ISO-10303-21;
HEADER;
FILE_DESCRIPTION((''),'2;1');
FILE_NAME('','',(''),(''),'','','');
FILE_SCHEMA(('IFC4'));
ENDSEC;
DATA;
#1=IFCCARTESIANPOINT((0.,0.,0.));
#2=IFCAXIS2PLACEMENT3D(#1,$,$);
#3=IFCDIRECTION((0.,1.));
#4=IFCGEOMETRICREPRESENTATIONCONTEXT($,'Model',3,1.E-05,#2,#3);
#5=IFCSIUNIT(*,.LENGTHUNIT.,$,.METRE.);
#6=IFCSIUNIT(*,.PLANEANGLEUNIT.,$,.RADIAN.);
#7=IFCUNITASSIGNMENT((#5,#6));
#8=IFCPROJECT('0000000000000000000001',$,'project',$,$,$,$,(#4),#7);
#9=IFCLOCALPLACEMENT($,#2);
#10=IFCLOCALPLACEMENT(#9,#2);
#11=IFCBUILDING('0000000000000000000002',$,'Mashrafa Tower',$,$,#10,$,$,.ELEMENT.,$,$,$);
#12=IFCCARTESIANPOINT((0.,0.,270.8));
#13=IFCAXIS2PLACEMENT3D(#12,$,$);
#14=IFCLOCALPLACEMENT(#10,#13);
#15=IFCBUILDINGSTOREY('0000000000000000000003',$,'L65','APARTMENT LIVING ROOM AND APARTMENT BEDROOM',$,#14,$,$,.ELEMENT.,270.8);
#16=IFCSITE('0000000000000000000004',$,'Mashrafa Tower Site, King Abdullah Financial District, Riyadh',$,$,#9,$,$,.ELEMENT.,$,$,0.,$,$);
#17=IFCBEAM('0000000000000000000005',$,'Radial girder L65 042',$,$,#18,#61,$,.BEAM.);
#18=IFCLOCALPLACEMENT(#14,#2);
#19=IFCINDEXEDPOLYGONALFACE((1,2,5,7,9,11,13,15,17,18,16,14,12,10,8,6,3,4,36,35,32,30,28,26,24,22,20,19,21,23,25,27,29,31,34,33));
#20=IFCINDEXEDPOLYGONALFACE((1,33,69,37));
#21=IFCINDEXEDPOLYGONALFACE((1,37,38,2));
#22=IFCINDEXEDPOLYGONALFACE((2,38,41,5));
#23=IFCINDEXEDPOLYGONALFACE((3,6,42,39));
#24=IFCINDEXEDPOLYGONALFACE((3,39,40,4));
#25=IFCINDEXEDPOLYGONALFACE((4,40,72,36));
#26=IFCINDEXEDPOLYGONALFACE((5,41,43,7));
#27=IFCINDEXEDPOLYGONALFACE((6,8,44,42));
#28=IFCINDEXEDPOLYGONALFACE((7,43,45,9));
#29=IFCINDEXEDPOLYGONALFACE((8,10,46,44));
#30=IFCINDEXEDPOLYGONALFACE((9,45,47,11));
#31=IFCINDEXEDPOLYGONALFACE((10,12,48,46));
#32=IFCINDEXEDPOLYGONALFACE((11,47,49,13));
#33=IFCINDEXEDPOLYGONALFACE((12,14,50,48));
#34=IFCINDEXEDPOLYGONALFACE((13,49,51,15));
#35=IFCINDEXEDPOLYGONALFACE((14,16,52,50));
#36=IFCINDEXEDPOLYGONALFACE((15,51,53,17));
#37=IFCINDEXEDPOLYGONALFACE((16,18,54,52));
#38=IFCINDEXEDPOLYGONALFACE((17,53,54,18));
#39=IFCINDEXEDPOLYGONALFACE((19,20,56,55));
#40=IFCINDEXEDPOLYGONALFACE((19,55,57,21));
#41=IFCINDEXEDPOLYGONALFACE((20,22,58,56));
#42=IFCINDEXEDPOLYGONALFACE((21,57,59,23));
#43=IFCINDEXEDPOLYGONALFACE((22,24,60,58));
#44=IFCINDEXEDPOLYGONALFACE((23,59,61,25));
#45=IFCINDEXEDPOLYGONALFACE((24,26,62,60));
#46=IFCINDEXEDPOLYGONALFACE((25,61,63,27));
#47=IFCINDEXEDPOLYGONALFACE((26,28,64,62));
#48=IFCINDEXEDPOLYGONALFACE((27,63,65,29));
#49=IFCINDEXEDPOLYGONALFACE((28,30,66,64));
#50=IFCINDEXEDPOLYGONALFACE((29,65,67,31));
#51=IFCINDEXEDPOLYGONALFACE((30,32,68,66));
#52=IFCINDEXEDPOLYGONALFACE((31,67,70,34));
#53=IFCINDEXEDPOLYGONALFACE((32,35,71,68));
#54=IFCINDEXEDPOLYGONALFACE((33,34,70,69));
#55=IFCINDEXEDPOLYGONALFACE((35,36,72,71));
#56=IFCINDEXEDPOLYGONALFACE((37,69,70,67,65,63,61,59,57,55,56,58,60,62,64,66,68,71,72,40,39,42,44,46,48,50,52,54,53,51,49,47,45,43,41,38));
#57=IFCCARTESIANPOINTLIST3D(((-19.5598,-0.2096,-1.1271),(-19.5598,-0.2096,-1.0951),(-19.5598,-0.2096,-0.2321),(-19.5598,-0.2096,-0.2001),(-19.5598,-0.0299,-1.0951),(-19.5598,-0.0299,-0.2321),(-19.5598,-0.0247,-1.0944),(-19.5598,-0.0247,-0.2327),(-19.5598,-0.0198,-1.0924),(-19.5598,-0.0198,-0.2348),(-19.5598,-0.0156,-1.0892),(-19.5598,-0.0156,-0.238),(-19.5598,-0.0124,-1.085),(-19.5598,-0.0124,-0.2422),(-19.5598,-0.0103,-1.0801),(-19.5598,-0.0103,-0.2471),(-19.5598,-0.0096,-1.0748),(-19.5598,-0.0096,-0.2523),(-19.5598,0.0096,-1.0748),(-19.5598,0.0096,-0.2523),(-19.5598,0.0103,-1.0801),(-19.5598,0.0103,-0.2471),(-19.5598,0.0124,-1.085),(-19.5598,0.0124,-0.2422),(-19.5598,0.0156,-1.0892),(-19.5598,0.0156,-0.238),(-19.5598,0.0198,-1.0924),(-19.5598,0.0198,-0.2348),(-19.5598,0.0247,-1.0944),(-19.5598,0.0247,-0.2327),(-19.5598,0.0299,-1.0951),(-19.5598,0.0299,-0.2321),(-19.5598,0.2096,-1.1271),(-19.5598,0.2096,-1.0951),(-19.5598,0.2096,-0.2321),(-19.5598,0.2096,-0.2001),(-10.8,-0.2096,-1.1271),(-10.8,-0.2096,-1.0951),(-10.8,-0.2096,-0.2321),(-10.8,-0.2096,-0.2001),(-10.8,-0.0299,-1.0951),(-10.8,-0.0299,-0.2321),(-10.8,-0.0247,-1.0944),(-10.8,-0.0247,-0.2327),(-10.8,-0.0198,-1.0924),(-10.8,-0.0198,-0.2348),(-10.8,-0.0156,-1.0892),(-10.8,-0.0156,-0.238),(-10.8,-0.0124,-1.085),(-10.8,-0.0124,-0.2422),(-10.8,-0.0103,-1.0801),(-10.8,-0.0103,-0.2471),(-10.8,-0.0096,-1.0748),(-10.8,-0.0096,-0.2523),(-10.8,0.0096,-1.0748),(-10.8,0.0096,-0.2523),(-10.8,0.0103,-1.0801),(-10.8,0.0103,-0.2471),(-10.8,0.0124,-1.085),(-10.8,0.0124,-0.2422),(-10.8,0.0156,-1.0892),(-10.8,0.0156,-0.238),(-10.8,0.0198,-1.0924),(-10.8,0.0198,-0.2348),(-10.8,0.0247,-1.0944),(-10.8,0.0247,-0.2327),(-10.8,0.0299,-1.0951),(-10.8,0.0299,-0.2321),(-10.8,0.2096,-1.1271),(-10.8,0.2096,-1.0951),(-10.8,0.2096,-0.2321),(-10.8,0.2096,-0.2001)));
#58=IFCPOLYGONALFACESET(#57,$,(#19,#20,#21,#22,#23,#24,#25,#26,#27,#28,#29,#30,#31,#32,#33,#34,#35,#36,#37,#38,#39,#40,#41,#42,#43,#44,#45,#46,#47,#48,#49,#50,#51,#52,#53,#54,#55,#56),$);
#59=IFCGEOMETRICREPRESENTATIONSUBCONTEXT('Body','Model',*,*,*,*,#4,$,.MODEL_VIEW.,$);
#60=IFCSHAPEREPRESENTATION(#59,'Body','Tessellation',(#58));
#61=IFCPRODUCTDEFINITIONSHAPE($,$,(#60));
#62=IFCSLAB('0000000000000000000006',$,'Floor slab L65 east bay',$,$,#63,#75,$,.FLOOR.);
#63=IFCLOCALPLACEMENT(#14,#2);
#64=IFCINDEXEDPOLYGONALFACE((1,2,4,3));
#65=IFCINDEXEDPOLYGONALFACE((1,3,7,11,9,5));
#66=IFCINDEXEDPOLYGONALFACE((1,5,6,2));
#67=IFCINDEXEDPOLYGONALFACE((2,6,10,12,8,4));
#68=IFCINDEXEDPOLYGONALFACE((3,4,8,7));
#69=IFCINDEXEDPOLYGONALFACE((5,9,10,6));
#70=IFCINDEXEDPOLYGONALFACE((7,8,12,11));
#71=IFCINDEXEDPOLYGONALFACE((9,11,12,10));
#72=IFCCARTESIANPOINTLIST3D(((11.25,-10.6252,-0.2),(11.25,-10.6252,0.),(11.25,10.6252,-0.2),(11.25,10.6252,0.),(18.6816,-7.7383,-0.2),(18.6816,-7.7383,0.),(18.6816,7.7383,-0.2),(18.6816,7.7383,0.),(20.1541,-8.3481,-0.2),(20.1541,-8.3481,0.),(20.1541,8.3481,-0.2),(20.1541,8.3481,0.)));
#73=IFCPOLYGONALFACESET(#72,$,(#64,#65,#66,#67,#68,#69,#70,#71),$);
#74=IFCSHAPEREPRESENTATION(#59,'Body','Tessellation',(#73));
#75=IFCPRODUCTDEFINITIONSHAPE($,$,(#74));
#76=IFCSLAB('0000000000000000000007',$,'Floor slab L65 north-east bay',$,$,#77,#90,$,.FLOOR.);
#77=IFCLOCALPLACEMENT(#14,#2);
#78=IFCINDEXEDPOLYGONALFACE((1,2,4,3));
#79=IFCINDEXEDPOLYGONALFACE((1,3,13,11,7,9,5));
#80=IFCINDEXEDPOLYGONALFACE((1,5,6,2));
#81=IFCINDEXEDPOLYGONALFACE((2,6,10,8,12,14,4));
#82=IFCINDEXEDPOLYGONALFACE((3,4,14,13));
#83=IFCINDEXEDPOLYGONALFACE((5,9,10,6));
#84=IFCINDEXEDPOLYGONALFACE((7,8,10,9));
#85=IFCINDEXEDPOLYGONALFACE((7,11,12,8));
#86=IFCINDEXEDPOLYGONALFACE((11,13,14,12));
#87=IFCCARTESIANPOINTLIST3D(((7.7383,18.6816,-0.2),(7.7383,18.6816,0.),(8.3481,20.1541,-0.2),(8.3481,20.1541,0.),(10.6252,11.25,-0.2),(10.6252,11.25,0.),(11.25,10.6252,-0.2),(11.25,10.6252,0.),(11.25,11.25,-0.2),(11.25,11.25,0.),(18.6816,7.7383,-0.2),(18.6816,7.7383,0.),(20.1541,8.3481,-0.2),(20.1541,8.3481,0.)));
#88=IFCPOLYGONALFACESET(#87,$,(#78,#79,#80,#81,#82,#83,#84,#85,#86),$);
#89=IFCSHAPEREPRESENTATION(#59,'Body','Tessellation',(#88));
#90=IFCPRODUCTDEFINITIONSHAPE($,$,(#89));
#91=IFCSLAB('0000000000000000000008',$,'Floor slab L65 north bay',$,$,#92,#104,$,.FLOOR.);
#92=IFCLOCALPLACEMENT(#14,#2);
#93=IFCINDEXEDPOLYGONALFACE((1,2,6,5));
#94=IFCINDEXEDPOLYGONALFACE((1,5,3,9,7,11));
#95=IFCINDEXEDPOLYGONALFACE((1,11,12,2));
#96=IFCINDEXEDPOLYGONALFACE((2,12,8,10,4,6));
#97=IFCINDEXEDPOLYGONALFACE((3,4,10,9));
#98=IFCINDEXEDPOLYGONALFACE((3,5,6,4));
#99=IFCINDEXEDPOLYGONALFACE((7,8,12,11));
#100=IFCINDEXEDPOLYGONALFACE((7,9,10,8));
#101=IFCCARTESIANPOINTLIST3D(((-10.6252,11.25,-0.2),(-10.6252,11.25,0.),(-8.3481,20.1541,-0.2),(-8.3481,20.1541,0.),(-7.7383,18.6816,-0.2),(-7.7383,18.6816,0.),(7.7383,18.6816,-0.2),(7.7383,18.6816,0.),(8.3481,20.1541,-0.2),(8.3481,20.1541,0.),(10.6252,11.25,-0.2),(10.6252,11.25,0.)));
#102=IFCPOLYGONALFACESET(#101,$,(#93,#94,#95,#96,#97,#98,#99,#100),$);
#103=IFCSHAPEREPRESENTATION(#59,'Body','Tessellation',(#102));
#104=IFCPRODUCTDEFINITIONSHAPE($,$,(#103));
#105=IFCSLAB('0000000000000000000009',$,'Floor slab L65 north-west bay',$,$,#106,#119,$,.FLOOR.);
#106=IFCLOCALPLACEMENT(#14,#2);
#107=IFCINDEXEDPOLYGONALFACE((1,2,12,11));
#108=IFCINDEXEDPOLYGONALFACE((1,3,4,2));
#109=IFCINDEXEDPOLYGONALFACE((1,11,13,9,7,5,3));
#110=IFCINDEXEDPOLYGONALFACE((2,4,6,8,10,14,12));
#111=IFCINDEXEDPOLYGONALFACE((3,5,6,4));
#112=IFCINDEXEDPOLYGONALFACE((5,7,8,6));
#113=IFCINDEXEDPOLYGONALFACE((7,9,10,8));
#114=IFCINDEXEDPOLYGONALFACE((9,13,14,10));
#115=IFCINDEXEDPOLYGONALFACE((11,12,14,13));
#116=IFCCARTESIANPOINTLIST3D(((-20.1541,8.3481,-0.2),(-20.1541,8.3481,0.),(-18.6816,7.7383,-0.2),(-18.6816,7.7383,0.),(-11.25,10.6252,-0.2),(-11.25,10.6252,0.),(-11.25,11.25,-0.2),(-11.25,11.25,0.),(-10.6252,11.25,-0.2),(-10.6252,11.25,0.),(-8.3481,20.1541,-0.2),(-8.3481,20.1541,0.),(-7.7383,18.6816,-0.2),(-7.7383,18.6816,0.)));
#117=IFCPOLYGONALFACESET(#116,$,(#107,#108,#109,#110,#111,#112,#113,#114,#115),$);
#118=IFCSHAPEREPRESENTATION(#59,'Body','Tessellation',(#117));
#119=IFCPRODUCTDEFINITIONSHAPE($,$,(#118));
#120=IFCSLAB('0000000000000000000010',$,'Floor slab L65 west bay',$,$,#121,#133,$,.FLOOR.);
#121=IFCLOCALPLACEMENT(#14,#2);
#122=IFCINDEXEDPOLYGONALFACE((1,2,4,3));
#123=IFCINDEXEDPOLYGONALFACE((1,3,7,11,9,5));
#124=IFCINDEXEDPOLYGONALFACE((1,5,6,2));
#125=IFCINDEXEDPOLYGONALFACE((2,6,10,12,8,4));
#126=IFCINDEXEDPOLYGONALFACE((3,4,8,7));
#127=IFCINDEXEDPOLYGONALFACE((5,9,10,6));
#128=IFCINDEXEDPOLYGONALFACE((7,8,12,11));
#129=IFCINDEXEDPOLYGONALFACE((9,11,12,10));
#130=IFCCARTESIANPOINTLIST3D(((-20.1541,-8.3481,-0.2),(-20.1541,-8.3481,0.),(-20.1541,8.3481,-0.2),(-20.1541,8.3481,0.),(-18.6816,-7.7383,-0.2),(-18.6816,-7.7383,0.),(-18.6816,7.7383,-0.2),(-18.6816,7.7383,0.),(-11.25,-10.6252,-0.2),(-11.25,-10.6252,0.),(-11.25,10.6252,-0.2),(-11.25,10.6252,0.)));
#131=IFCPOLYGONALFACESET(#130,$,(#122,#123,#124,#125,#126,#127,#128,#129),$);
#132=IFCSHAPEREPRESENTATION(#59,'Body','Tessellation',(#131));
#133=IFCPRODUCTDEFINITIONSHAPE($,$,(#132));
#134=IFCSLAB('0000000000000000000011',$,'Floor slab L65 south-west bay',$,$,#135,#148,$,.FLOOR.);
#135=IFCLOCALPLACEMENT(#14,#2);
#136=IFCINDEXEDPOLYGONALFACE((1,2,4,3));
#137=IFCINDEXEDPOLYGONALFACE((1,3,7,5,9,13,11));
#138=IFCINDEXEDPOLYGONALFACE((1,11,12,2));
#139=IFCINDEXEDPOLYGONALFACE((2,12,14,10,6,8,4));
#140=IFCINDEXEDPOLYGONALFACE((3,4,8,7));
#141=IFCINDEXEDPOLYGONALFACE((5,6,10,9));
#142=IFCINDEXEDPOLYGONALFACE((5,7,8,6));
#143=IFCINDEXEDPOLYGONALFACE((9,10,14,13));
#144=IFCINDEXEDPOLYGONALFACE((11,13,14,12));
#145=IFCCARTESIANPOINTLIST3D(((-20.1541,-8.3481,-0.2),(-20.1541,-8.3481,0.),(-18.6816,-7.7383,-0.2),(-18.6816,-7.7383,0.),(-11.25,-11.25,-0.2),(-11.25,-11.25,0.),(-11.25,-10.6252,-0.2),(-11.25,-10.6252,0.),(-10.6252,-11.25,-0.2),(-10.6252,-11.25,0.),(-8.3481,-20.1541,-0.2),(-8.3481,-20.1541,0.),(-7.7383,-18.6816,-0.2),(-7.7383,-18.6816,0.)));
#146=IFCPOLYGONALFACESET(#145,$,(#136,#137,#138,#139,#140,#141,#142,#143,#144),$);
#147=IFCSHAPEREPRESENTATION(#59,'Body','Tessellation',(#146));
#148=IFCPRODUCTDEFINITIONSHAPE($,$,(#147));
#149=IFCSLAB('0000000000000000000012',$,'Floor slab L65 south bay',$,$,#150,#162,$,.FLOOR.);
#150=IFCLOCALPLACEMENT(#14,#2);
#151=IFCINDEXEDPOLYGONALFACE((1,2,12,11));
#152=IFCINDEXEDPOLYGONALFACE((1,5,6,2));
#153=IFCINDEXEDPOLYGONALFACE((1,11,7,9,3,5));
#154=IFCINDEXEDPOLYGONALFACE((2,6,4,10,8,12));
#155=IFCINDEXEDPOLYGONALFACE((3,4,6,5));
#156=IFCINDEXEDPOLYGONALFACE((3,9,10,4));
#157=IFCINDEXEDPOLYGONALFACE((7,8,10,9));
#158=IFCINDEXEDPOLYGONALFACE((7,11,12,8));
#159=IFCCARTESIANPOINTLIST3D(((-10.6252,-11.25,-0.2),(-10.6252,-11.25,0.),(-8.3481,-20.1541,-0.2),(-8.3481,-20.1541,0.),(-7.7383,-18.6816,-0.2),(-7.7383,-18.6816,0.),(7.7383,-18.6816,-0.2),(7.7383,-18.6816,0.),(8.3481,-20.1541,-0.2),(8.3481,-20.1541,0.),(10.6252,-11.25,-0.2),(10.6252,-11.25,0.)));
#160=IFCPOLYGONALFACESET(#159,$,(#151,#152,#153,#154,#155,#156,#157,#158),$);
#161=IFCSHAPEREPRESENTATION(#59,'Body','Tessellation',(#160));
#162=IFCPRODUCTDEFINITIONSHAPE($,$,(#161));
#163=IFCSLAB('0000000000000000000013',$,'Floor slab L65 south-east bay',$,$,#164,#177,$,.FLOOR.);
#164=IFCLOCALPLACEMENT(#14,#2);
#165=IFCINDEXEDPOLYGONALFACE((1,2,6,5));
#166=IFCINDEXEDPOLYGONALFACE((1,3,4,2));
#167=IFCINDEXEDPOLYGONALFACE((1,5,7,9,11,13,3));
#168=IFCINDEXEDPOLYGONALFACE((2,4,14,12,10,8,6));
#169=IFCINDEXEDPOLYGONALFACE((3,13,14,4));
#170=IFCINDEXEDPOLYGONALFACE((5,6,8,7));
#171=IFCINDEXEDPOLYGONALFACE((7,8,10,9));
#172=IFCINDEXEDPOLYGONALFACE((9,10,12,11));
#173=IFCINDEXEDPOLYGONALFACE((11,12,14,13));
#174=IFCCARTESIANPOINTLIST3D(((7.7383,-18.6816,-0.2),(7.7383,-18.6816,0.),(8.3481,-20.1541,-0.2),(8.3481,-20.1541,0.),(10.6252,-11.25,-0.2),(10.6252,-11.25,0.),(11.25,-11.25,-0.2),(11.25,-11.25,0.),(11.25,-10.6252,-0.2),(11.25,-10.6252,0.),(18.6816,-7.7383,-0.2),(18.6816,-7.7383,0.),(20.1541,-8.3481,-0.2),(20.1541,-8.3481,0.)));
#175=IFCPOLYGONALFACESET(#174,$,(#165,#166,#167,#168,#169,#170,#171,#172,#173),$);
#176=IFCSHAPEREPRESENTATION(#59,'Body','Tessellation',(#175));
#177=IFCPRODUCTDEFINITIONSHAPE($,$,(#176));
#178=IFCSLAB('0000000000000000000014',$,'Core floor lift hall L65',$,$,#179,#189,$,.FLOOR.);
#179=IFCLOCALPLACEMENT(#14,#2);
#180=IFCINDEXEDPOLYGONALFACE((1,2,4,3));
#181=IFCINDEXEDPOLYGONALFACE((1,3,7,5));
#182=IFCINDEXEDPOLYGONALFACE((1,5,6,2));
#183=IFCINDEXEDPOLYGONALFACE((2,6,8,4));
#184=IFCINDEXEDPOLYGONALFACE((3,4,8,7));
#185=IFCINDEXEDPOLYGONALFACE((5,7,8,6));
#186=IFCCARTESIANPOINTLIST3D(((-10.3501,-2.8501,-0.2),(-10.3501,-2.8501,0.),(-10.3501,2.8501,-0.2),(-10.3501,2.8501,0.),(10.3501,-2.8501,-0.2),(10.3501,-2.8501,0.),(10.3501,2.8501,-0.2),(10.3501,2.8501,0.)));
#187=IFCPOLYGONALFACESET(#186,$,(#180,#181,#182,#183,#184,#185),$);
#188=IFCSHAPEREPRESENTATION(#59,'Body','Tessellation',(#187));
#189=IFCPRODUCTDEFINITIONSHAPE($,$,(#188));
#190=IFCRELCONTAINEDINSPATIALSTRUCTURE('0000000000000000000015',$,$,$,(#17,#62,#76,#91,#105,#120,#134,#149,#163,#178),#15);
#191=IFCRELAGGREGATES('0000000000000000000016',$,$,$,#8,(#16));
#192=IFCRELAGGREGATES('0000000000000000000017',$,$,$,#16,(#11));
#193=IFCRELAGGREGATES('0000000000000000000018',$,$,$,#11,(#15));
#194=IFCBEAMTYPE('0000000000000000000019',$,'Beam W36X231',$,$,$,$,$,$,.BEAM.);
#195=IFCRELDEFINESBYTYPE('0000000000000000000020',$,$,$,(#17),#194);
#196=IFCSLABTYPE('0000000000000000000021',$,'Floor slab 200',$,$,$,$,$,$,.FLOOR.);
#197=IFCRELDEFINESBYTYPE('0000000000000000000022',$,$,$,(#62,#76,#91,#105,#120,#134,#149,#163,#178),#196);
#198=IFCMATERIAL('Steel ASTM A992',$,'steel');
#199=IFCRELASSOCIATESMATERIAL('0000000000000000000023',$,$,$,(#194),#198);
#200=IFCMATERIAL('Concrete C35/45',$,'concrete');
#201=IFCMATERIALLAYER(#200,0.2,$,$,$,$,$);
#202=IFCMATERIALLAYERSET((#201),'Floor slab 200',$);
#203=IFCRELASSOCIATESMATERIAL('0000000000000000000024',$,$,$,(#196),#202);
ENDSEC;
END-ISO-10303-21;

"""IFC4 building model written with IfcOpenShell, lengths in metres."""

from ifc_helpers import new_model, si_unit, direction, frame, origin, origin_2d, place, context, subcontext, project, spatial, polyline, i_section, outline, extrude, material, layer, layer_set, material_profile, profile_set, type_object, element, save


model = new_model("IFC4")

# Units and contexts
model_context = context("Model", 3, precision=1e-05, world=origin(), true_north=direction((0.0, 1.0)))
body_context = subcontext(model_context, "Body", "Model", "MODEL_VIEW")
ifc_project = project(units=[si_unit("LENGTHUNIT", "METRE"), si_unit("PLANEANGLEUNIT", "RADIAN")], contexts=[model_context])

# Site, building, storey
site_placement = place(None, origin())
site = spatial("IfcSite", under=ifc_project, at=site_placement, Name="Mashrafa Tower Site, King Abdullah Financial District, Riyadh", CompositionType="ELEMENT", RefElevation=0.0)
building_placement = place(site_placement, origin())
building = spatial("IfcBuilding", under=site, at=building_placement, Name="Mashrafa Tower", CompositionType="ELEMENT")
storey_placement = place(building_placement, frame((0.0, 0.0, 270.8)))
storey = spatial("IfcBuildingStorey", under=building, at=storey_placement, Name="L65", Description="APARTMENT LIVING ROOM AND APARTMENT BEDROOM", CompositionType="ELEMENT", Elevation=270.8)

# Beam
ifc_material_1 = material(Name="Steel ASTM A992", Category="steel")
ifc_material_profile = material_profile(ifc_material_1, i_section(OverallWidth=0.4192, OverallDepth=0.927, WebThickness=0.0193, FlangeThickness=0.032, FilletRadius=0.0203, at=origin_2d()), Name="W36X231")
ifc_profile_set = profile_set([ifc_material_profile], Name="Steel ASTM A992")
beam_type = type_object("IfcBeamType", Name="Beam W36X231", PredefinedType="BEAM", material=ifc_profile_set)
beam_placement = place(storey_placement, frame((-10.8, 0.0, -0.6636), z_axis=(-1.0, 0.0, 0.0), x_axis=(0.0, -1.0, 0.0)))
element("IfcBeam", 1, at=beam_placement, inside=storey, type_object=beam_type, Name="Radial girder L65 042", PredefinedType="BEAM", context=body_context, shape_type="SweptSolid", body=[
    extrude(i_section(OverallWidth=0.4192, OverallDepth=0.927, WebThickness=0.0193, FlangeThickness=0.032, FilletRadius=0.0203, at=origin_2d()), origin(), (0.0, 0.0, 1.0), 8.7598),
])

# Slabs
ifc_material_2 = material(Name="Concrete C35/45", Category="concrete")
ifc_layer_1 = layer(ifc_material_2, 0.2)
ifc_layer_set_1 = layer_set([ifc_layer_1], Name="Floor slab 200")
slab_type = type_object("IfcSlabType", Name="Floor slab 200", PredefinedType="FLOOR", material=ifc_layer_set_1)
slab_1_placement = place(storey_placement, frame((0.0, 0.0, -0.2)))
element("IfcSlab", 2, at=slab_1_placement, inside=storey, type_object=slab_type, Name="Floor slab L65 east bay", PredefinedType="FLOOR", context=body_context, shape_type="SweptSolid", body=[
    extrude(outline(polyline([(20.1541, 8.3481), (20.1541, -8.3481), (20.1541, -8.3481), (18.6816, -7.7383), (11.25, -10.6252), (11.25, 10.6252), (18.6816, 7.7383), (20.1541, 8.3481), (20.1541, 8.3481)])), origin(), (0.0, 0.0, 1.0), 0.2),
])
slab_2_placement = place(storey_placement, frame((0.0, 0.0, -0.2)))
element("IfcSlab", 3, at=slab_2_placement, inside=storey, type_object=slab_type, Name="Floor slab L65 north-east bay", PredefinedType="FLOOR", context=body_context, shape_type="SweptSolid", body=[
    extrude(outline(polyline([(20.1541, 8.3481), (18.6816, 7.7383), (11.25, 10.6252), (11.25, 11.25), (10.6252, 11.25), (7.7383, 18.6816), (8.3481, 20.1541), (20.1541, 8.3481)])), origin(), (0.0, 0.0, 1.0), 0.2),
])
slab_3_placement = place(storey_placement, frame((0.0, 0.0, -0.2)))
element("IfcSlab", 4, at=slab_3_placement, inside=storey, type_object=slab_type, Name="Floor slab L65 north bay", PredefinedType="FLOOR", context=body_context, shape_type="SweptSolid", body=[
    extrude(outline(polyline([(-8.3481, 20.1541), (8.3481, 20.1541), (8.3481, 20.1541), (7.7383, 18.6816), (10.6252, 11.25), (-10.6252, 11.25), (-7.7383, 18.6816), (-8.3481, 20.1541), (-8.3481, 20.1541)])), origin(), (0.0, 0.0, 1.0), 0.2),
])
slab_4_placement = place(storey_placement, frame((0.0, 0.0, -0.2)))
element("IfcSlab", 5, at=slab_4_placement, inside=storey, type_object=slab_type, Name="Floor slab L65 north-west bay", PredefinedType="FLOOR", context=body_context, shape_type="SweptSolid", body=[
    extrude(outline(polyline([(-8.3481, 20.1541), (-7.7383, 18.6816), (-10.6252, 11.25), (-11.25, 11.25), (-11.25, 10.6252), (-18.6816, 7.7383), (-20.1541, 8.3481), (-8.3481, 20.1541)])), origin(), (0.0, 0.0, 1.0), 0.2),
])
slab_5_placement = place(storey_placement, frame((0.0, 0.0, -0.2)))
element("IfcSlab", 6, at=slab_5_placement, inside=storey, type_object=slab_type, Name="Floor slab L65 west bay", PredefinedType="FLOOR", context=body_context, shape_type="SweptSolid", body=[
    extrude(outline(polyline([(-20.1541, -8.3481), (-20.1541, 8.3481), (-20.1541, 8.3481), (-18.6816, 7.7383), (-11.25, 10.6252), (-11.25, -10.6252), (-18.6816, -7.7383), (-20.1541, -8.3481), (-20.1541, -8.3481)])), origin(), (0.0, 0.0, 1.0), 0.2),
])
slab_6_placement = place(storey_placement, frame((0.0, 0.0, -0.2)))
element("IfcSlab", 7, at=slab_6_placement, inside=storey, type_object=slab_type, Name="Floor slab L65 south-west bay", PredefinedType="FLOOR", context=body_context, shape_type="SweptSolid", body=[
    extrude(outline(polyline([(-20.1541, -8.3481), (-18.6816, -7.7383), (-11.25, -10.6252), (-11.25, -11.25), (-10.6252, -11.25), (-7.7383, -18.6816), (-8.3481, -20.1541), (-20.1541, -8.3481)])), origin(), (0.0, 0.0, 1.0), 0.2),
])
slab_7_placement = place(storey_placement, frame((0.0, 0.0, -0.2)))
element("IfcSlab", 8, at=slab_7_placement, inside=storey, type_object=slab_type, Name="Floor slab L65 south bay", PredefinedType="FLOOR", context=body_context, shape_type="SweptSolid", body=[
    extrude(outline(polyline([(-8.3481, -20.1541), (-8.3481, -20.1541), (-7.7383, -18.6816), (-10.6252, -11.25), (10.6252, -11.25), (7.7383, -18.6816), (8.3481, -20.1541), (8.3481, -20.1541), (-8.3481, -20.1541)])), origin(), (0.0, 0.0, 1.0), 0.2),
])
slab_8_placement = place(storey_placement, frame((0.0, 0.0, -0.2)))
element("IfcSlab", 9, at=slab_8_placement, inside=storey, type_object=slab_type, Name="Floor slab L65 south-east bay", PredefinedType="FLOOR", context=body_context, shape_type="SweptSolid", body=[
    extrude(outline(polyline([(8.3481, -20.1541), (7.7383, -18.6816), (10.6252, -11.25), (11.25, -11.25), (11.25, -10.6252), (18.6816, -7.7383), (20.1541, -8.3481), (8.3481, -20.1541)])), origin(), (0.0, 0.0, 1.0), 0.2),
])
slab_9_placement = place(storey_placement, frame((0.0, 0.0, -0.2)))
element("IfcSlab", 10, at=slab_9_placement, inside=storey, type_object=slab_type, Name="Core floor lift hall L65", PredefinedType="FLOOR", context=body_context, shape_type="SweptSolid", body=[
    extrude(outline(polyline([(-10.3501, 2.8501), (10.3501, 2.8501), (10.3501, -2.8501), (-10.3501, -2.8501), (-10.3501, 2.8501)])), origin(), (0.0, 0.0, 1.0), 0.2),
])

save(model, "model.ifc")
